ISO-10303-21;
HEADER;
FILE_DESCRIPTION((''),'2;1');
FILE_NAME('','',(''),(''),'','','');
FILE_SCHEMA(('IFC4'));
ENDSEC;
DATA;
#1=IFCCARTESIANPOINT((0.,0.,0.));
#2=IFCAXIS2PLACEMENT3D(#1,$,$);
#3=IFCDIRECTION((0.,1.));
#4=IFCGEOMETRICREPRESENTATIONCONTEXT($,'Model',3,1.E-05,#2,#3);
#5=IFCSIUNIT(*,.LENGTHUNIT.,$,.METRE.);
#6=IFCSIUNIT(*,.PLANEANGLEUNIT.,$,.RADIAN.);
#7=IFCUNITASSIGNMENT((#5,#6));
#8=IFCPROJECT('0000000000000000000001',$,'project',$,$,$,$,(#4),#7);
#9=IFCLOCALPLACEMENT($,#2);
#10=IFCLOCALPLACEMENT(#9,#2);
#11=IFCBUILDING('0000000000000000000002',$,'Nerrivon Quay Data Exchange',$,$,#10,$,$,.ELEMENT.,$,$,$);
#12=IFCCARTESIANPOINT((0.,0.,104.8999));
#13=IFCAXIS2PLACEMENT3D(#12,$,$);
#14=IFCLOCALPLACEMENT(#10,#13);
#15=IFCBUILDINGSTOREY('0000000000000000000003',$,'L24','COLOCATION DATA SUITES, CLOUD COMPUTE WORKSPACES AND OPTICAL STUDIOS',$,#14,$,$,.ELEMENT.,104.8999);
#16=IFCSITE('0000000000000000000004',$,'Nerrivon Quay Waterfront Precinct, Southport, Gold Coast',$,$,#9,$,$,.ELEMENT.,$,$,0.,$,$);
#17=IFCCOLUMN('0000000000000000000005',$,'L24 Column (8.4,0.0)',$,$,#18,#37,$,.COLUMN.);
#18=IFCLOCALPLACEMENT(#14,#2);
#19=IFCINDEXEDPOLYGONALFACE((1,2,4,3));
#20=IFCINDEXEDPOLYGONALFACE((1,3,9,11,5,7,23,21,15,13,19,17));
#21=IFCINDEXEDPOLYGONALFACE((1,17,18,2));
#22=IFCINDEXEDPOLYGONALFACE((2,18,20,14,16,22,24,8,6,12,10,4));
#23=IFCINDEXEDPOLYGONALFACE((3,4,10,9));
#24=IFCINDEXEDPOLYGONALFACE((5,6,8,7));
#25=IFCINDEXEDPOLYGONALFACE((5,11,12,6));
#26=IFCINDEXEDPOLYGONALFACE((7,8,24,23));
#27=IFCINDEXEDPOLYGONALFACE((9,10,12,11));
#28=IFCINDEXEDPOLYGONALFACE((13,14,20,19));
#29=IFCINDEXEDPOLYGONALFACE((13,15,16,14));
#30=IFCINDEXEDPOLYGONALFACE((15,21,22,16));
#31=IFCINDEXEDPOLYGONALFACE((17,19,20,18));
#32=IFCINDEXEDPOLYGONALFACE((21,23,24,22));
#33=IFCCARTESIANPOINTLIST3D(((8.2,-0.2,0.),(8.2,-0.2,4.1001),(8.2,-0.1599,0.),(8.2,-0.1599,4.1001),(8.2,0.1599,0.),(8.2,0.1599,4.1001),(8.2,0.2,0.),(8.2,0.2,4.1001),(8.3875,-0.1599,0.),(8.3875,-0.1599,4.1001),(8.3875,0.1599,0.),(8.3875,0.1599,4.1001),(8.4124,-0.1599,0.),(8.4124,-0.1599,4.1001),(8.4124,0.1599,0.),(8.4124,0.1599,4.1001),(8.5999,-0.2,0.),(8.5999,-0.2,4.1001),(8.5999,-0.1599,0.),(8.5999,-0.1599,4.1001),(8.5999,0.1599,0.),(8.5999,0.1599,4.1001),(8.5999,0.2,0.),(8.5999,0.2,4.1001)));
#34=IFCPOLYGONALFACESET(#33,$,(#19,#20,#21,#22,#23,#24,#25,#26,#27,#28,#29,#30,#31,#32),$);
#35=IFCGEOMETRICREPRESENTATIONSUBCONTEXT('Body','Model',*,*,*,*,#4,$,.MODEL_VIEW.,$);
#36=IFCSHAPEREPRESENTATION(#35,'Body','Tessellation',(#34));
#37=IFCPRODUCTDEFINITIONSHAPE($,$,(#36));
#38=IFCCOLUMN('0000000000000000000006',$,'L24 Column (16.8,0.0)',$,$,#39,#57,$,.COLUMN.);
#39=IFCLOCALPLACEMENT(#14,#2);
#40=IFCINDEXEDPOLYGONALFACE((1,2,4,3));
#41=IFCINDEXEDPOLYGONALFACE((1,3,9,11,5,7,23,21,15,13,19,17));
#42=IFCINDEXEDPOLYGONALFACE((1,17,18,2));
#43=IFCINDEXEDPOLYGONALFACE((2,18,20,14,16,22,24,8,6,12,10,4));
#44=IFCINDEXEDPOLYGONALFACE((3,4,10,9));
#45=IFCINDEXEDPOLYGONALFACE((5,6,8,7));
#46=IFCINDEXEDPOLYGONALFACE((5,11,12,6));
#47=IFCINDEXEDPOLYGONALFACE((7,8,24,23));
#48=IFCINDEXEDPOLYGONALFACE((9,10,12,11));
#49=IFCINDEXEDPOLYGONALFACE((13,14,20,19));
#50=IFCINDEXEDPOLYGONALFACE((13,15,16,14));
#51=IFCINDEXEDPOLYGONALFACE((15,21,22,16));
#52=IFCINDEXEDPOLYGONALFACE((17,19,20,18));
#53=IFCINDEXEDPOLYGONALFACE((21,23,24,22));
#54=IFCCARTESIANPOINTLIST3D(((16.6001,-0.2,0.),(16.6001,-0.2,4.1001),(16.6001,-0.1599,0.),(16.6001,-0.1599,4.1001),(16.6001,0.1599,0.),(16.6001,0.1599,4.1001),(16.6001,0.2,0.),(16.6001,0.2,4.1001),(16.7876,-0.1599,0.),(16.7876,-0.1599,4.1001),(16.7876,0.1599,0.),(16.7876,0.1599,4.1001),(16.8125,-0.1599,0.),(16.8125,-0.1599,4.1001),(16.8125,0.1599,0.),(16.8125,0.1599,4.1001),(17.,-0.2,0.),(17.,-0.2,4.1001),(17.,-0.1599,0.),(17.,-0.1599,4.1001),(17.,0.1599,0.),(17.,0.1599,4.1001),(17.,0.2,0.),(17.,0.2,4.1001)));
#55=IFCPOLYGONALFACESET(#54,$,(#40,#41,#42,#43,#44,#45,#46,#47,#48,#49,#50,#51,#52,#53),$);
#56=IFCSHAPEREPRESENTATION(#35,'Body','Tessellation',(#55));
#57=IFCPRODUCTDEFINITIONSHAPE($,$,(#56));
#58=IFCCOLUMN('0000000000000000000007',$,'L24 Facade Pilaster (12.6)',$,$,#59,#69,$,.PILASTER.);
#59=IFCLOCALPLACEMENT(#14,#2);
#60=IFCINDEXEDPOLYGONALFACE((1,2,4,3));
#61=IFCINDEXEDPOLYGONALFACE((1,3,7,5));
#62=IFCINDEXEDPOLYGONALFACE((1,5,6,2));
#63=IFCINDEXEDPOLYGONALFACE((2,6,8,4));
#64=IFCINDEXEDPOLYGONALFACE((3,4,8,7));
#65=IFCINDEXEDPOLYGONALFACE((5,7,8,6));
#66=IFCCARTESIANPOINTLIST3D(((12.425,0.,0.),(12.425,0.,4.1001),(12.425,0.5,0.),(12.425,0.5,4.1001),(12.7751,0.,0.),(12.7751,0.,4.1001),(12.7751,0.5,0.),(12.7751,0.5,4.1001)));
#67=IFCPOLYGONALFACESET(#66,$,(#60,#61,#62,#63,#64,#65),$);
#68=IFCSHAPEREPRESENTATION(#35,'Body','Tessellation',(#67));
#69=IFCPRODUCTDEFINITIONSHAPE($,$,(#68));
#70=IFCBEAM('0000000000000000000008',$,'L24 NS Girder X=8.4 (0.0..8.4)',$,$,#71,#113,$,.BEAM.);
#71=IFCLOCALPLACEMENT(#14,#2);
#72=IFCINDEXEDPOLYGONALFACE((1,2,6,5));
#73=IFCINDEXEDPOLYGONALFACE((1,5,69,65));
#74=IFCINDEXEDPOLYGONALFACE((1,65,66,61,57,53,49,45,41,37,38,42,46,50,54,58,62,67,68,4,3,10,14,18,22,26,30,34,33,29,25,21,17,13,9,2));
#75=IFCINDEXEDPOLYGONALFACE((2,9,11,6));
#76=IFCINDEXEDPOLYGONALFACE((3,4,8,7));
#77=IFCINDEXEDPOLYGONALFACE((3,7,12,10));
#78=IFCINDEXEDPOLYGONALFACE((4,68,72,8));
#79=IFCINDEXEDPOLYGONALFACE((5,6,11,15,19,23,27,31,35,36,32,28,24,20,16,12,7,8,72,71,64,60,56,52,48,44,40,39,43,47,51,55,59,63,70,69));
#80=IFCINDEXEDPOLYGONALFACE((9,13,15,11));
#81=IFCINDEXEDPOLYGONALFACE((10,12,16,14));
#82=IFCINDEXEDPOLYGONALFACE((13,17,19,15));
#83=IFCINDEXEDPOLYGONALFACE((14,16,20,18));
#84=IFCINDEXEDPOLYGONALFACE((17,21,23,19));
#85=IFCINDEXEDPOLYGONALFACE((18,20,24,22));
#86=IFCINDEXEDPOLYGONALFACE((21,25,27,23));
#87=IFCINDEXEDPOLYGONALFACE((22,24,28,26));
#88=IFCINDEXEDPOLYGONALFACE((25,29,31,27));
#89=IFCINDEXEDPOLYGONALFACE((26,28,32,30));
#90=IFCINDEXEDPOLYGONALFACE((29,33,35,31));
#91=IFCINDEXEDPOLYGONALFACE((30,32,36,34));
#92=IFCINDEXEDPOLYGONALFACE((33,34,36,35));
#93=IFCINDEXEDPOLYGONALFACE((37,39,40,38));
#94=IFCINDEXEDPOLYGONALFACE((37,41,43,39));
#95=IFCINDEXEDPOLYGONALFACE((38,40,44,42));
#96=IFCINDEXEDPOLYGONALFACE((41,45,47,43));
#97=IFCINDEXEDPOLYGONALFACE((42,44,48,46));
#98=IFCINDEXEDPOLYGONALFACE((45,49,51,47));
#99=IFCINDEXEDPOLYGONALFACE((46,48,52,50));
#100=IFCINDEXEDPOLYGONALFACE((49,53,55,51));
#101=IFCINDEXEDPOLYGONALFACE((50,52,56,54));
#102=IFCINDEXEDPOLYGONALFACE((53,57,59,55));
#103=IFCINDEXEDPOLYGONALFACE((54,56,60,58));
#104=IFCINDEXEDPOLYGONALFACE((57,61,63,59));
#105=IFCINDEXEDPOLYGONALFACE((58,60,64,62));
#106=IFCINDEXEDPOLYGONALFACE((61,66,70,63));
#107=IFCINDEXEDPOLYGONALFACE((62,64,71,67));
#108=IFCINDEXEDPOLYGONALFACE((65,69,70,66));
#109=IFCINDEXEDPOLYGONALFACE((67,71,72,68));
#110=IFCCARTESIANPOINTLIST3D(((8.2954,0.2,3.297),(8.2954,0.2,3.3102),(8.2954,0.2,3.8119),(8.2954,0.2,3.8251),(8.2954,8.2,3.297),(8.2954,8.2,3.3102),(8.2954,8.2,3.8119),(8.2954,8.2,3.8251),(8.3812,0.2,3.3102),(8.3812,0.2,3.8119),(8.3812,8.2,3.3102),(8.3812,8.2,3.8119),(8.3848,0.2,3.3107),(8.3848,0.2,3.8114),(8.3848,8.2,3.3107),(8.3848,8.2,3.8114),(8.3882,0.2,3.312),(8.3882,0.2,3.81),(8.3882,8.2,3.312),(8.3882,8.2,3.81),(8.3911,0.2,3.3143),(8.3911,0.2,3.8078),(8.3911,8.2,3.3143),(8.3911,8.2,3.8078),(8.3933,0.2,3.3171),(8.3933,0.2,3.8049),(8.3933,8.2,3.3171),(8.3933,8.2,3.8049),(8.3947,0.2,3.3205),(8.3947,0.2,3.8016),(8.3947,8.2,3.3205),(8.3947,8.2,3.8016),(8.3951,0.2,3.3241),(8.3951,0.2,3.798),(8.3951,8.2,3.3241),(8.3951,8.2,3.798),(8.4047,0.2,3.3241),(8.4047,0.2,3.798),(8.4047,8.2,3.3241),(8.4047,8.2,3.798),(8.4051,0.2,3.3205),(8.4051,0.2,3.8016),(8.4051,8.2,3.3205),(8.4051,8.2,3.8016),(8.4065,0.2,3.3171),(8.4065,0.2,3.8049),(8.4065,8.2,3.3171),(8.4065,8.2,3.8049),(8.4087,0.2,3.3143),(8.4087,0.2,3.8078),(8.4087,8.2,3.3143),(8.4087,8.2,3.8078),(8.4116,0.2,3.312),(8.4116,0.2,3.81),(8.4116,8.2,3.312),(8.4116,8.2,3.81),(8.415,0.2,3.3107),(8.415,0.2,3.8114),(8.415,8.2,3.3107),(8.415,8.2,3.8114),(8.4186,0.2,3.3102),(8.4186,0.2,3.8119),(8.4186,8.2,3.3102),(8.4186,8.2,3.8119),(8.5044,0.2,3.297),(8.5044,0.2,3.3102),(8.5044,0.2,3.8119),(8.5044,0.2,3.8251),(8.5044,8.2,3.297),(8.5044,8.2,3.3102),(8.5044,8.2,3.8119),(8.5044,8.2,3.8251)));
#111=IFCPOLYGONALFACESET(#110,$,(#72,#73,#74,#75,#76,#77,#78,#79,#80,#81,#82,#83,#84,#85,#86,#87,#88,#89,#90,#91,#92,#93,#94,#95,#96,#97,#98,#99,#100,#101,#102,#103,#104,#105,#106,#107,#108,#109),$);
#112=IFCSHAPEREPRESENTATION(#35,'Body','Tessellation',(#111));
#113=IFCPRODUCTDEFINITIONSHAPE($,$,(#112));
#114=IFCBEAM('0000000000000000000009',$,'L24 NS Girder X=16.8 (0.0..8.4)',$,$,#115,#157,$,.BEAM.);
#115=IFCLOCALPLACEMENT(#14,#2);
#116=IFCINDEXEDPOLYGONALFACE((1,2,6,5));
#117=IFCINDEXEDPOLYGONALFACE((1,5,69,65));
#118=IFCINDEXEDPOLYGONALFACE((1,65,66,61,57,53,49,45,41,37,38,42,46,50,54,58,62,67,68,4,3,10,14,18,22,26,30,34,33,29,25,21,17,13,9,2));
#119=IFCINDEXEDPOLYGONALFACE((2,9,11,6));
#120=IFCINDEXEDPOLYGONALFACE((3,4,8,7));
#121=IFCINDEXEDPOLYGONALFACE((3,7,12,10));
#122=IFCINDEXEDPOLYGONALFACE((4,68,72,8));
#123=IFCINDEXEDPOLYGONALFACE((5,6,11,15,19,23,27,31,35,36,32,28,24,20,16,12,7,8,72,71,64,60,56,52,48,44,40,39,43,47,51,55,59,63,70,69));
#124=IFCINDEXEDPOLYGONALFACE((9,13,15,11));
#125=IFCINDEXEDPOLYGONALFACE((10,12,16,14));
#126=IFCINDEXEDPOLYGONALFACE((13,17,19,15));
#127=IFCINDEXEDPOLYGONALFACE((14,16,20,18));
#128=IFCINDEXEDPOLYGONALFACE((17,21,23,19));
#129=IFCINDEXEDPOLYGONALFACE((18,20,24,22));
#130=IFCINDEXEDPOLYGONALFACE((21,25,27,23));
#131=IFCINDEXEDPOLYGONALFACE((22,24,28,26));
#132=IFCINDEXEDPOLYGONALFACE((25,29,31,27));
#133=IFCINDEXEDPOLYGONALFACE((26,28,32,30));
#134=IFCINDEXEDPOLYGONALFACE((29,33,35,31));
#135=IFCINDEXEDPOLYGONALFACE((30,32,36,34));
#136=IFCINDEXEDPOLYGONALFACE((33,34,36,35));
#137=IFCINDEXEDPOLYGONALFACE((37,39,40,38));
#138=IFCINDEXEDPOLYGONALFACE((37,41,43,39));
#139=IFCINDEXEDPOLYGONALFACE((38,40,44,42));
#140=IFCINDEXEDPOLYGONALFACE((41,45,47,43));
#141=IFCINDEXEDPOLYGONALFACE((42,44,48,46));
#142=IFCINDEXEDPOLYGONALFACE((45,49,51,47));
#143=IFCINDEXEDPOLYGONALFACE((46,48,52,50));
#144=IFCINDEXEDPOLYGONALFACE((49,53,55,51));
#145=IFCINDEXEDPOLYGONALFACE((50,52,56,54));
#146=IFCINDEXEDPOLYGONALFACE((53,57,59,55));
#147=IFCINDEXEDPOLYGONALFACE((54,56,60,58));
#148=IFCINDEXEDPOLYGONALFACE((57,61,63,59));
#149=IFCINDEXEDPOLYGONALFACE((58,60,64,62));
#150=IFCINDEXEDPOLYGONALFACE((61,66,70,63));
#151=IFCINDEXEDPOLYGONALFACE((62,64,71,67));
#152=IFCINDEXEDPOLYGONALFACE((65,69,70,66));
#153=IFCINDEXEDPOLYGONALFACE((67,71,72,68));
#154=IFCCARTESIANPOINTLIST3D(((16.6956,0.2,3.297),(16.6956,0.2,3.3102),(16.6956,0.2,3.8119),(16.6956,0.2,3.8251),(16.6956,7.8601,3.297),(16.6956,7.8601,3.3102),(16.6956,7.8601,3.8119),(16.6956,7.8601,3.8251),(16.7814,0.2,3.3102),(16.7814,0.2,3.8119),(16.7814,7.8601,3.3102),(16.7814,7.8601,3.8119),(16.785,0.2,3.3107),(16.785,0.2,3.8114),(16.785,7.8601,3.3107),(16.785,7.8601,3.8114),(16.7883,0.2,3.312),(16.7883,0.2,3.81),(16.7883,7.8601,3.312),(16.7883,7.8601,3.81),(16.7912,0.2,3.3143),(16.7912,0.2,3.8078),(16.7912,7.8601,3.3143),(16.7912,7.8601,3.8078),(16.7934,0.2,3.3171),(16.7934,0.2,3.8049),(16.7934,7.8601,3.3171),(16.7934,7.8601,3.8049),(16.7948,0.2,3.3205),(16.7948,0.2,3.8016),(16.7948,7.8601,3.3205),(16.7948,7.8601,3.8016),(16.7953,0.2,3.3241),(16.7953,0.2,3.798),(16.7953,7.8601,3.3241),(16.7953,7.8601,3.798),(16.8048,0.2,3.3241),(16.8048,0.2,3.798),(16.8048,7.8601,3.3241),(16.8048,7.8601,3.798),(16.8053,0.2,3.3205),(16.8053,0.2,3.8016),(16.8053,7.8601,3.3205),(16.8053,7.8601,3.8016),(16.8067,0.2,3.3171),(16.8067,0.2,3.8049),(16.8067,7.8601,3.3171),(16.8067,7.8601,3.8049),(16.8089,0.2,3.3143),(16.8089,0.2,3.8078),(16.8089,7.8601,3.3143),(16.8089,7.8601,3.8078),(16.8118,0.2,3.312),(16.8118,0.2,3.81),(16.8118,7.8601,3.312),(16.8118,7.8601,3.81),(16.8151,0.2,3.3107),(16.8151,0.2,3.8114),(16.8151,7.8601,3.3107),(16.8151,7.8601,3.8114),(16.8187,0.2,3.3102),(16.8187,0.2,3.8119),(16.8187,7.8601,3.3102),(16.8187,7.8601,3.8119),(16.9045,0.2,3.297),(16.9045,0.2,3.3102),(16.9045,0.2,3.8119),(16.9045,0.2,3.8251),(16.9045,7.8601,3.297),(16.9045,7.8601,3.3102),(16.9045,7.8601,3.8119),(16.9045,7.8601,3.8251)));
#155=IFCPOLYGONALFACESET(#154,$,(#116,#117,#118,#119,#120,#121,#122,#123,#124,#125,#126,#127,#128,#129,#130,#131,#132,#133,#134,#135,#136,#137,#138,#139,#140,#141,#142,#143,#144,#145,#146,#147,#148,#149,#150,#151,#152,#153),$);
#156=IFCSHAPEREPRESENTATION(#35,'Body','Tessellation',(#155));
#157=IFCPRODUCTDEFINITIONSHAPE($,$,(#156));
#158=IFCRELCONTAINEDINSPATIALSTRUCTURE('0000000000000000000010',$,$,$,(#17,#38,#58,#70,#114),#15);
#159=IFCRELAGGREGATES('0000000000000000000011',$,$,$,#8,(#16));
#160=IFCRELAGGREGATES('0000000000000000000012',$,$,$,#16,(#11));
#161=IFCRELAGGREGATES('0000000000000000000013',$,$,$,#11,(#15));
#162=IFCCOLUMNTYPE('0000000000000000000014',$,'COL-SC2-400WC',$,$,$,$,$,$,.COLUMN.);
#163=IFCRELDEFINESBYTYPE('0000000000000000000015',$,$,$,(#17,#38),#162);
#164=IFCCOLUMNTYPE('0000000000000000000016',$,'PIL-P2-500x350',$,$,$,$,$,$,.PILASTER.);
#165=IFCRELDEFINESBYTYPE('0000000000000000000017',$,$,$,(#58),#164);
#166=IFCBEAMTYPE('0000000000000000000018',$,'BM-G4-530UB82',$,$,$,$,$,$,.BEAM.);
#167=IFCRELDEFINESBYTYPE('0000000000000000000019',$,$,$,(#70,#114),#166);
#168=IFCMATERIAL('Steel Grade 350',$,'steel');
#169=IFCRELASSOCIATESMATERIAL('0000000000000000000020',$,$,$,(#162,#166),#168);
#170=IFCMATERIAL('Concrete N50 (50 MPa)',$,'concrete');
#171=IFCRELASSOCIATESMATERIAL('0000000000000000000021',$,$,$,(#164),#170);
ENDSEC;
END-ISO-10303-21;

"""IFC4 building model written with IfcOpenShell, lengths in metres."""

from ifc_helpers import new_model, si_unit, direction, frame, origin, origin_2d, place, context, subcontext, project, spatial, rectangle, i_section, extrude, material, material_profile, profile_set, type_object, element, save


model = new_model("IFC4")

# Units and contexts
model_context = context("Model", 3, precision=1e-05, world=origin(), true_north=direction((0.0, 1.0)))
body_context = subcontext(model_context, "Body", "Model", "MODEL_VIEW")
ifc_project = project(units=[si_unit("LENGTHUNIT", "METRE"), si_unit("PLANEANGLEUNIT", "RADIAN")], contexts=[model_context])

# Site, building, storey
site_placement = place(None, origin())
site = spatial("IfcSite", under=ifc_project, at=site_placement, Name="Nerrivon Quay Waterfront Precinct, Southport, Gold Coast", CompositionType="ELEMENT", RefElevation=0.0)
building_placement = place(site_placement, origin())
building = spatial("IfcBuilding", under=site, at=building_placement, Name="Nerrivon Quay Data Exchange", CompositionType="ELEMENT")
storey_placement = place(building_placement, frame((0.0, 0.0, 104.8999)))
storey = spatial("IfcBuildingStorey", under=building, at=storey_placement, Name="L24", Description="COLOCATION DATA SUITES, CLOUD COMPUTE WORKSPACES AND OPTICAL STUDIOS", CompositionType="ELEMENT", Elevation=104.8999)

# Columns
ifc_material_1 = material(Name="Steel Grade 350", Category="steel")
ifc_material_profile_1 = material_profile(ifc_material_1, i_section(OverallWidth=0.3999, OverallDepth=0.3999, WebThickness=0.0249, FlangeThickness=0.04, at=origin_2d()), Name="400WC328")
ifc_profile_set_1 = profile_set([ifc_material_profile_1], Name="Steel Grade 350")
column_type_1 = type_object("IfcColumnType", Name="COL-SC2-400WC", PredefinedType="COLUMN", material=ifc_profile_set_1)
for number, where, z_axis, x_axis, name in (
    (1, (8.3999, 0.0, 0.0), (0.0, 0.0, 1.0), (1.0, 0.0, 0.0), "L24 Column (8.4,0.0)"),
    (2, (16.8, 0.0, 0.0), (0.0, 0.0, 1.0), (1.0, 0.0, 0.0), "L24 Column (16.8,0.0)"),
):
    element("IfcColumn", number, at=place(storey_placement, frame(where, z_axis=z_axis, x_axis=x_axis)), inside=storey, type_object=column_type_1, Name=name, PredefinedType="COLUMN", context=body_context, shape_type="SweptSolid", body=[
        extrude(i_section(OverallWidth=0.3999, OverallDepth=0.3999, WebThickness=0.0249, FlangeThickness=0.04, at=origin_2d()), origin(), (0.0, 0.0, 1.0), 4.1001),
    ])
ifc_material_2 = material(Name="Concrete N50 (50 MPa)", Category="concrete")
ifc_material_profile_2 = material_profile(ifc_material_2, rectangle(XDim=0.3501, YDim=0.5, at=origin_2d()), Name="RC-PIL-500x350")
ifc_profile_set_2 = profile_set([ifc_material_profile_2], Name="Concrete N50 (50 MPa)")
column_type_2 = type_object("IfcColumnType", Name="PIL-P2-500x350", PredefinedType="PILASTER", material=ifc_profile_set_2)
column_placement = place(storey_placement, frame((12.6001, 0.25, 0.0), z_axis=(0.0, 0.0, 1.0), x_axis=(1.0, 0.0, 0.0)))
element("IfcColumn", 3, at=column_placement, inside=storey, type_object=column_type_2, Name="L24 Facade Pilaster (12.6)", PredefinedType="PILASTER", context=body_context, shape_type="SweptSolid", body=[
    extrude(rectangle(XDim=0.3501, YDim=0.5, at=origin_2d()), origin(), (0.0, 0.0, 1.0), 4.1001),
])

# Beams
ifc_material_profile_3 = material_profile(ifc_material_1, i_section(OverallWidth=0.209, OverallDepth=0.5281, WebThickness=0.0095, FlangeThickness=0.0132, FilletRadius=0.0139, at=origin_2d()), Name="530UB82.0")
ifc_profile_set_3 = profile_set([ifc_material_profile_3], Name="Steel Grade 350")
beam_type_1 = type_object("IfcBeamType", Name="BM-G4-530UB82", PredefinedType="BEAM", material=ifc_profile_set_3)
beam_1_placement = place(storey_placement, frame((8.3999, 0.2, 3.561), z_axis=(0.0, 1.0, 0.0), x_axis=(-1.0, 0.0, 0.0)))
element("IfcBeam", 4, at=beam_1_placement, inside=storey, type_object=beam_type_1, Name="L24 NS Girder X=8.4 (0.0..8.4)", PredefinedType="BEAM", context=body_context, shape_type="SweptSolid", body=[
    extrude(i_section(OverallWidth=0.209, OverallDepth=0.5281, WebThickness=0.0095, FlangeThickness=0.0132, FilletRadius=0.0139, at=origin_2d()), origin(), (0.0, 0.0, 1.0), 8.0),
])
beam_2_placement = place(storey_placement, frame((16.8, 0.2, 3.561), z_axis=(0.0, 1.0, 0.0), x_axis=(-1.0, 0.0, 0.0)))
element("IfcBeam", 5, at=beam_2_placement, inside=storey, type_object=beam_type_1, Name="L24 NS Girder X=16.8 (0.0..8.4)", PredefinedType="BEAM", context=body_context, shape_type="SweptSolid", body=[
    extrude(i_section(OverallWidth=0.209, OverallDepth=0.5281, WebThickness=0.0095, FlangeThickness=0.0132, FilletRadius=0.0139, at=origin_2d()), origin(), (0.0, 0.0, 1.0), 7.6602),
])

save(model, "model.ifc")
